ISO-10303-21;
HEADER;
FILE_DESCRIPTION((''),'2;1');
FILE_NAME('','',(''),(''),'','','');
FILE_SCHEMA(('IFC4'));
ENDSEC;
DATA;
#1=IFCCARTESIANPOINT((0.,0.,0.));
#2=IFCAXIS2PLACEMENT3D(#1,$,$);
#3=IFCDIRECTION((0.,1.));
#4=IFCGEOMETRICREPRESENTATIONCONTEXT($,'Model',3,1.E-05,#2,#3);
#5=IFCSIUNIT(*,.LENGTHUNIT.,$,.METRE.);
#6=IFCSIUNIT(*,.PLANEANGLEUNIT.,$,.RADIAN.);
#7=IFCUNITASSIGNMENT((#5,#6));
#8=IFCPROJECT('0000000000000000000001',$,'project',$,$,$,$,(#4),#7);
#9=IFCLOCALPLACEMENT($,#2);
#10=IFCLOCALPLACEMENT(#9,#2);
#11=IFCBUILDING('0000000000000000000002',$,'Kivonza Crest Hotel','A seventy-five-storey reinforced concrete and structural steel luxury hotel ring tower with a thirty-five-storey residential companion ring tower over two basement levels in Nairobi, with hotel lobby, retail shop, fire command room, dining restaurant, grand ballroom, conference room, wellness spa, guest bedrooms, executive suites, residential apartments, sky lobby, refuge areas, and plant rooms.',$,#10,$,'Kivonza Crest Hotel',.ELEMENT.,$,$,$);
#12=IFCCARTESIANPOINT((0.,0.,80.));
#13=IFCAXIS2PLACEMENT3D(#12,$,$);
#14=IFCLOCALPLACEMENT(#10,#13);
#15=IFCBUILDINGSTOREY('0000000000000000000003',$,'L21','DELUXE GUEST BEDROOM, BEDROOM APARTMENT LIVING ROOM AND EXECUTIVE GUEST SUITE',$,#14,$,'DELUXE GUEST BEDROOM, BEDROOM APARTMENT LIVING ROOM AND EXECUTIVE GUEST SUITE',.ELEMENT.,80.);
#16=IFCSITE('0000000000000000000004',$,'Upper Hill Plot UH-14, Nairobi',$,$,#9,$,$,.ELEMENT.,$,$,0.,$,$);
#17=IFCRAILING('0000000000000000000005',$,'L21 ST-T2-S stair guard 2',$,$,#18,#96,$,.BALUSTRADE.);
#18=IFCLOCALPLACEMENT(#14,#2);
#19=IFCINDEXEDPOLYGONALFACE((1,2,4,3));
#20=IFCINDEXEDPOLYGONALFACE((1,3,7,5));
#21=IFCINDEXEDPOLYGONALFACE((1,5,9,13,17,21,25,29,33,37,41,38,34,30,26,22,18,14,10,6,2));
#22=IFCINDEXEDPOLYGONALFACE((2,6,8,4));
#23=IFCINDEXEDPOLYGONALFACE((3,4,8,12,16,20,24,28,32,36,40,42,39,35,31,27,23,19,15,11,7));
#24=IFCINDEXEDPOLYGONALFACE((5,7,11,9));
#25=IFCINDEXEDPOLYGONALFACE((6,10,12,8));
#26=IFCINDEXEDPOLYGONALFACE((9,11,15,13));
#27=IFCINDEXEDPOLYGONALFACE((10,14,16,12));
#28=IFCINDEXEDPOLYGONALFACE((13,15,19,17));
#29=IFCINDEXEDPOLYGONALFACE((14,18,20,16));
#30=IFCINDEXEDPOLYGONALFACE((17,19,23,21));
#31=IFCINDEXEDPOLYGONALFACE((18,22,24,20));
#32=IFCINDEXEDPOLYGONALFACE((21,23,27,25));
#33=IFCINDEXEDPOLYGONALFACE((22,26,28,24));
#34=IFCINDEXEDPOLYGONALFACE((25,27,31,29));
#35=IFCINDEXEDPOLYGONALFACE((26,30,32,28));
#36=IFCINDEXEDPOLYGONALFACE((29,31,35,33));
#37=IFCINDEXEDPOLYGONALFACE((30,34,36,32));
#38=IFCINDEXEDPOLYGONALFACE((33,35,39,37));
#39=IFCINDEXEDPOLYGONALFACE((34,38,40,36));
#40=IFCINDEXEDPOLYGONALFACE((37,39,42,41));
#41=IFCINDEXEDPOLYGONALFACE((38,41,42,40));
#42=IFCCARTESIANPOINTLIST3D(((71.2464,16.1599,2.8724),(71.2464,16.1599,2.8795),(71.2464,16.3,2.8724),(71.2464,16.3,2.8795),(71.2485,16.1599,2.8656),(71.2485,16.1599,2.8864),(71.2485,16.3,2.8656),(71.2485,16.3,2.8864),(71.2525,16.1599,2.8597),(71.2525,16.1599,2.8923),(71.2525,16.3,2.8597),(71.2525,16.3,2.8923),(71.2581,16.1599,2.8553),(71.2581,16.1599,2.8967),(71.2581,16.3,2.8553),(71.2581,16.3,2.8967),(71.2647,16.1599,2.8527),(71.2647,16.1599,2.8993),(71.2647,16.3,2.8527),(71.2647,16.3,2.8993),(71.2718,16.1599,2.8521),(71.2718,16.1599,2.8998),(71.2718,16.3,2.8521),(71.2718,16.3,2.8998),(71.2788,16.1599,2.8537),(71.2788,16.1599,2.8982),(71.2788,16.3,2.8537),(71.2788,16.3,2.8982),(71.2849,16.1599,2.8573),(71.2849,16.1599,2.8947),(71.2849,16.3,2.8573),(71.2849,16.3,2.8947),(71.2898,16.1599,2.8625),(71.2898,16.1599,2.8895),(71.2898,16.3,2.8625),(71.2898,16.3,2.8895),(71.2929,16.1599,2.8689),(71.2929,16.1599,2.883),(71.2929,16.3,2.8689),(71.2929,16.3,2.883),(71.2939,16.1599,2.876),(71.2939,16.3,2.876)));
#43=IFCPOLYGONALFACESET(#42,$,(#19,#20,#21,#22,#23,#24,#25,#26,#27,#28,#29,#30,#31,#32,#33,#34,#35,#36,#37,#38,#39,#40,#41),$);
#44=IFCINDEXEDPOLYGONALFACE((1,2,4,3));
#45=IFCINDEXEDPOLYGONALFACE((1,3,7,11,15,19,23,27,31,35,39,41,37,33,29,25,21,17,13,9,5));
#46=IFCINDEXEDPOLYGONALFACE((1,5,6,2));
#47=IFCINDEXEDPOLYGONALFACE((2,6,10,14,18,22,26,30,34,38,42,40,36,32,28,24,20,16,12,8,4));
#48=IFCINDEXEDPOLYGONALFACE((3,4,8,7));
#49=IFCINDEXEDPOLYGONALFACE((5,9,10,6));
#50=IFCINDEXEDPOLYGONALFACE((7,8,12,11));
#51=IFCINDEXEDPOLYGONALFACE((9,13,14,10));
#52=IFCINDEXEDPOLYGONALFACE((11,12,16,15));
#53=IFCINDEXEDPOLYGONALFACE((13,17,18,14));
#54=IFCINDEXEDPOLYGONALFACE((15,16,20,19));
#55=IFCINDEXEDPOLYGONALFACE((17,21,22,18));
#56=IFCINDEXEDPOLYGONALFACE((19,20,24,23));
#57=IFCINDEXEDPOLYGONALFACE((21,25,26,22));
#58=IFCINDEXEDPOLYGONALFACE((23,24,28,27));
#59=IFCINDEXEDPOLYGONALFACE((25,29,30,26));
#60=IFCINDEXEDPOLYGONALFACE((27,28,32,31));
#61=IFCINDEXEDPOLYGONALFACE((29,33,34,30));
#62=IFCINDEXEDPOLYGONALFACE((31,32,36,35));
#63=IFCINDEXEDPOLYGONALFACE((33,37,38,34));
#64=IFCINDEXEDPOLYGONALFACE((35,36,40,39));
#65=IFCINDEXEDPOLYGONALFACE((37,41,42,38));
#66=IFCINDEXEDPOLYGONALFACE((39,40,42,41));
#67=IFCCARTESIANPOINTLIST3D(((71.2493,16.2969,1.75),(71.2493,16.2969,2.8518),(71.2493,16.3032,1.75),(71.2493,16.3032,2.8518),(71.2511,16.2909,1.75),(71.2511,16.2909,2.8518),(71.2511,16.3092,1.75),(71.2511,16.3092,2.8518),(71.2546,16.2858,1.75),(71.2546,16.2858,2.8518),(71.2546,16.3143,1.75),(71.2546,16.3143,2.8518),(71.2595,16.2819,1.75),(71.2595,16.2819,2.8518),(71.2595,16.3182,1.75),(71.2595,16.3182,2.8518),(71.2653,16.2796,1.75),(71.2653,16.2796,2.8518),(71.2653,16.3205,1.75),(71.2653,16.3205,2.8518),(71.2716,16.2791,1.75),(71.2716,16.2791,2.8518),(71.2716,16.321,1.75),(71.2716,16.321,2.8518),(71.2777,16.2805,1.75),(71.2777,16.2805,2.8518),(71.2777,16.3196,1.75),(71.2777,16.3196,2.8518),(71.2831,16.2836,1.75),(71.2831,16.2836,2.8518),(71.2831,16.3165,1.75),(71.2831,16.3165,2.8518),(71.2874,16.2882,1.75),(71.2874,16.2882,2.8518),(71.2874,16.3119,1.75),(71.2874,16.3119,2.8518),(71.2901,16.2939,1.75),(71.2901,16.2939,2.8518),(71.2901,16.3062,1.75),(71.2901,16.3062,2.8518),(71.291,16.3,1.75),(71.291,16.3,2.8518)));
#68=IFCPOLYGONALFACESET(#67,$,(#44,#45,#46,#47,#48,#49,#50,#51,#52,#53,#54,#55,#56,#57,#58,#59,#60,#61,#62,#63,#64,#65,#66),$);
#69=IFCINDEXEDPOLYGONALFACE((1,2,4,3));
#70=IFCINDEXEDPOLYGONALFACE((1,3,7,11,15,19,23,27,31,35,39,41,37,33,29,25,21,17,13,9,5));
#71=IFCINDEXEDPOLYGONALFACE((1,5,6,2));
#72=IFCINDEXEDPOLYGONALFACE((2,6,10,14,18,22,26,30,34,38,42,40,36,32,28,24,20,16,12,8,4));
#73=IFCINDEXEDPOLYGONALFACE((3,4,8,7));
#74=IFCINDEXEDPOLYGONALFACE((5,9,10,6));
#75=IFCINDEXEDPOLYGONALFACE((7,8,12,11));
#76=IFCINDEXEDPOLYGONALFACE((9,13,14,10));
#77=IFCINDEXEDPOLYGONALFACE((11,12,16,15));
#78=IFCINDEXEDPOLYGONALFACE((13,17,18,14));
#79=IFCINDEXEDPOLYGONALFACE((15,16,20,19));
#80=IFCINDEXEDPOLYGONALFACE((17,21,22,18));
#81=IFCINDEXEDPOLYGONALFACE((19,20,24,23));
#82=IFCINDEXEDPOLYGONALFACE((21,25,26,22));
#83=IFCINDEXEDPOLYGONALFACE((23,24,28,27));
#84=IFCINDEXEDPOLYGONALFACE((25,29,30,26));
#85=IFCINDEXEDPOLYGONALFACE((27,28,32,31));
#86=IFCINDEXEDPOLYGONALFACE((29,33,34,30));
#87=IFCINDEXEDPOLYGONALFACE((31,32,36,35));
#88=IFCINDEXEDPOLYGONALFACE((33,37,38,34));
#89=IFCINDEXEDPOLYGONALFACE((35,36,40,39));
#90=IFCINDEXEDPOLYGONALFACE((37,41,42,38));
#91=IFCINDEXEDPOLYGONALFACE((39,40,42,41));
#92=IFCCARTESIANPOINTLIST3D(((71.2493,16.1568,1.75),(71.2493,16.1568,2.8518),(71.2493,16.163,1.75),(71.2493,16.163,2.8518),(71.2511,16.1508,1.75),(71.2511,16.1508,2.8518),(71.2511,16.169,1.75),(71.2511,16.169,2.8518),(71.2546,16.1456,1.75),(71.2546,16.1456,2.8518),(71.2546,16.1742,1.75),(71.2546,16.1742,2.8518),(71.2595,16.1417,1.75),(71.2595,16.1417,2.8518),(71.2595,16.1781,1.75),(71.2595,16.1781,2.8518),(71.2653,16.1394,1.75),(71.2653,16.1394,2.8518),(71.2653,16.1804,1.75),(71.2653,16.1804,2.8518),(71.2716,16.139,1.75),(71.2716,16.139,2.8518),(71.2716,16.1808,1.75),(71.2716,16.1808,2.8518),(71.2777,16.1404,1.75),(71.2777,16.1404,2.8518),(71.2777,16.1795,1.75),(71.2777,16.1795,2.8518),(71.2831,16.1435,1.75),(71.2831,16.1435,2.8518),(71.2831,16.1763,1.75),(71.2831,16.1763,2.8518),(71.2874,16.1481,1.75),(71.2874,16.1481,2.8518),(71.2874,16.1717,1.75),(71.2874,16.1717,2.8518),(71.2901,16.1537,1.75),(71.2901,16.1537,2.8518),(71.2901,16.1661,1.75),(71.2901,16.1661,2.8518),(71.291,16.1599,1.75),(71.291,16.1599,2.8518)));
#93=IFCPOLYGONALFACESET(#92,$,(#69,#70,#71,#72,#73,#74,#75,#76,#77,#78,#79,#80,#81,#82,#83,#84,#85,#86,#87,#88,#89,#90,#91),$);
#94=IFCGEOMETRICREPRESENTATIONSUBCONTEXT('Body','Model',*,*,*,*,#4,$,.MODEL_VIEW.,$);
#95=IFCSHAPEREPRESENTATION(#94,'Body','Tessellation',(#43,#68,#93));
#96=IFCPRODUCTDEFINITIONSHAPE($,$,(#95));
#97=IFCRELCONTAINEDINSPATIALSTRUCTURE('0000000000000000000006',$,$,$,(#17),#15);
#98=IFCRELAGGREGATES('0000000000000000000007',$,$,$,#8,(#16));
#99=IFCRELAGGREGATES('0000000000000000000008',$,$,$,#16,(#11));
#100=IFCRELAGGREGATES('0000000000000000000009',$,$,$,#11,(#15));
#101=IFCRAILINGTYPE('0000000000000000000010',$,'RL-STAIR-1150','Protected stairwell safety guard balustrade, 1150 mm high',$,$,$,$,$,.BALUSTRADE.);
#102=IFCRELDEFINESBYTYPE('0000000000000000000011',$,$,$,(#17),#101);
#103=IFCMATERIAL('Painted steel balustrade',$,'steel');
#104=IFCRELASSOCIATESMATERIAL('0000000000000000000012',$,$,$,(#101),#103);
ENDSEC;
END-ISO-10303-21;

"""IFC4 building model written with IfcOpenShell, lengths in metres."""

from ifc_helpers import new_model, si_unit, direction, frame, origin, origin_2d, place, context, subcontext, project, spatial, circle, extrude, material, type_object, element, save


model = new_model("IFC4")

# Units and contexts
model_context = context("Model", 3, precision=1e-05, world=origin(), true_north=direction((0.0, 1.0)))
body_context = subcontext(model_context, "Body", "Model", "MODEL_VIEW")
ifc_project = project(units=[si_unit("LENGTHUNIT", "METRE"), si_unit("PLANEANGLEUNIT", "RADIAN")], contexts=[model_context])

# Site, building, storey
site_placement = place(None, origin())
site = spatial("IfcSite", under=ifc_project, at=site_placement, Name="Upper Hill Plot UH-14, Nairobi", CompositionType="ELEMENT", RefElevation=0.0)
building_placement = place(site_placement, origin())
building = spatial("IfcBuilding", under=site, at=building_placement, Name="Kivonza Crest Hotel", Description="A seventy-five-storey reinforced concrete and structural steel luxury hotel ring tower with a thirty-five-storey residential companion ring tower over two basement levels in Nairobi, with hotel lobby, retail shop, fire command room, dining restaurant, grand ballroom, conference room, wellness spa, guest bedrooms, executive suites, residential apartments, sky lobby, refuge areas, and plant rooms.", LongName="Kivonza Crest Hotel", CompositionType="ELEMENT")
storey_placement = place(building_placement, frame((0.0, 0.0, 80.0)))
storey = spatial("IfcBuildingStorey", under=building, at=storey_placement, Name="L21", Description="DELUXE GUEST BEDROOM, BEDROOM APARTMENT LIVING ROOM AND EXECUTIVE GUEST SUITE", LongName="DELUXE GUEST BEDROOM, BEDROOM APARTMENT LIVING ROOM AND EXECUTIVE GUEST SUITE", CompositionType="ELEMENT", Elevation=80.0)

# Railing
ifc_material_1 = material(Name="Painted steel balustrade", Category="steel")
railing_type_1 = type_object("IfcRailingType", Name="RL-STAIR-1150", Description="Protected stairwell safety guard balustrade, 1150 mm high", PredefinedType="BALUSTRADE", material=ifc_material_1)
railing_1_placement = place(storey_placement, frame((71.27, 16.3, 1.75)))
element("IfcRailing", 1, at=railing_1_placement, inside=storey, type_object=railing_type_1, Name="L21 ST-T2-S stair guard 2", PredefinedType="BALUSTRADE", context=body_context, shape_type="SweptSolid", body=[
    extrude(circle(Radius=0.0239, at=origin_2d()), frame((0.0, 0.0, 1.126), z_axis=(0.0, -1.0, 0.0), x_axis=(1.0, 0.0, 0.0)), (0.0, 0.0, 1.0), 0.1401),
    extrude(circle(Radius=0.021, at=origin_2d()), origin(), (0.0, 0.0, 1.0), 1.1018),
    extrude(circle(Radius=0.021, at=origin_2d()), frame((0.0, -0.1401, 0.0)), (0.0, 0.0, 1.0), 1.1018),
])

save(model, "model.ifc")
